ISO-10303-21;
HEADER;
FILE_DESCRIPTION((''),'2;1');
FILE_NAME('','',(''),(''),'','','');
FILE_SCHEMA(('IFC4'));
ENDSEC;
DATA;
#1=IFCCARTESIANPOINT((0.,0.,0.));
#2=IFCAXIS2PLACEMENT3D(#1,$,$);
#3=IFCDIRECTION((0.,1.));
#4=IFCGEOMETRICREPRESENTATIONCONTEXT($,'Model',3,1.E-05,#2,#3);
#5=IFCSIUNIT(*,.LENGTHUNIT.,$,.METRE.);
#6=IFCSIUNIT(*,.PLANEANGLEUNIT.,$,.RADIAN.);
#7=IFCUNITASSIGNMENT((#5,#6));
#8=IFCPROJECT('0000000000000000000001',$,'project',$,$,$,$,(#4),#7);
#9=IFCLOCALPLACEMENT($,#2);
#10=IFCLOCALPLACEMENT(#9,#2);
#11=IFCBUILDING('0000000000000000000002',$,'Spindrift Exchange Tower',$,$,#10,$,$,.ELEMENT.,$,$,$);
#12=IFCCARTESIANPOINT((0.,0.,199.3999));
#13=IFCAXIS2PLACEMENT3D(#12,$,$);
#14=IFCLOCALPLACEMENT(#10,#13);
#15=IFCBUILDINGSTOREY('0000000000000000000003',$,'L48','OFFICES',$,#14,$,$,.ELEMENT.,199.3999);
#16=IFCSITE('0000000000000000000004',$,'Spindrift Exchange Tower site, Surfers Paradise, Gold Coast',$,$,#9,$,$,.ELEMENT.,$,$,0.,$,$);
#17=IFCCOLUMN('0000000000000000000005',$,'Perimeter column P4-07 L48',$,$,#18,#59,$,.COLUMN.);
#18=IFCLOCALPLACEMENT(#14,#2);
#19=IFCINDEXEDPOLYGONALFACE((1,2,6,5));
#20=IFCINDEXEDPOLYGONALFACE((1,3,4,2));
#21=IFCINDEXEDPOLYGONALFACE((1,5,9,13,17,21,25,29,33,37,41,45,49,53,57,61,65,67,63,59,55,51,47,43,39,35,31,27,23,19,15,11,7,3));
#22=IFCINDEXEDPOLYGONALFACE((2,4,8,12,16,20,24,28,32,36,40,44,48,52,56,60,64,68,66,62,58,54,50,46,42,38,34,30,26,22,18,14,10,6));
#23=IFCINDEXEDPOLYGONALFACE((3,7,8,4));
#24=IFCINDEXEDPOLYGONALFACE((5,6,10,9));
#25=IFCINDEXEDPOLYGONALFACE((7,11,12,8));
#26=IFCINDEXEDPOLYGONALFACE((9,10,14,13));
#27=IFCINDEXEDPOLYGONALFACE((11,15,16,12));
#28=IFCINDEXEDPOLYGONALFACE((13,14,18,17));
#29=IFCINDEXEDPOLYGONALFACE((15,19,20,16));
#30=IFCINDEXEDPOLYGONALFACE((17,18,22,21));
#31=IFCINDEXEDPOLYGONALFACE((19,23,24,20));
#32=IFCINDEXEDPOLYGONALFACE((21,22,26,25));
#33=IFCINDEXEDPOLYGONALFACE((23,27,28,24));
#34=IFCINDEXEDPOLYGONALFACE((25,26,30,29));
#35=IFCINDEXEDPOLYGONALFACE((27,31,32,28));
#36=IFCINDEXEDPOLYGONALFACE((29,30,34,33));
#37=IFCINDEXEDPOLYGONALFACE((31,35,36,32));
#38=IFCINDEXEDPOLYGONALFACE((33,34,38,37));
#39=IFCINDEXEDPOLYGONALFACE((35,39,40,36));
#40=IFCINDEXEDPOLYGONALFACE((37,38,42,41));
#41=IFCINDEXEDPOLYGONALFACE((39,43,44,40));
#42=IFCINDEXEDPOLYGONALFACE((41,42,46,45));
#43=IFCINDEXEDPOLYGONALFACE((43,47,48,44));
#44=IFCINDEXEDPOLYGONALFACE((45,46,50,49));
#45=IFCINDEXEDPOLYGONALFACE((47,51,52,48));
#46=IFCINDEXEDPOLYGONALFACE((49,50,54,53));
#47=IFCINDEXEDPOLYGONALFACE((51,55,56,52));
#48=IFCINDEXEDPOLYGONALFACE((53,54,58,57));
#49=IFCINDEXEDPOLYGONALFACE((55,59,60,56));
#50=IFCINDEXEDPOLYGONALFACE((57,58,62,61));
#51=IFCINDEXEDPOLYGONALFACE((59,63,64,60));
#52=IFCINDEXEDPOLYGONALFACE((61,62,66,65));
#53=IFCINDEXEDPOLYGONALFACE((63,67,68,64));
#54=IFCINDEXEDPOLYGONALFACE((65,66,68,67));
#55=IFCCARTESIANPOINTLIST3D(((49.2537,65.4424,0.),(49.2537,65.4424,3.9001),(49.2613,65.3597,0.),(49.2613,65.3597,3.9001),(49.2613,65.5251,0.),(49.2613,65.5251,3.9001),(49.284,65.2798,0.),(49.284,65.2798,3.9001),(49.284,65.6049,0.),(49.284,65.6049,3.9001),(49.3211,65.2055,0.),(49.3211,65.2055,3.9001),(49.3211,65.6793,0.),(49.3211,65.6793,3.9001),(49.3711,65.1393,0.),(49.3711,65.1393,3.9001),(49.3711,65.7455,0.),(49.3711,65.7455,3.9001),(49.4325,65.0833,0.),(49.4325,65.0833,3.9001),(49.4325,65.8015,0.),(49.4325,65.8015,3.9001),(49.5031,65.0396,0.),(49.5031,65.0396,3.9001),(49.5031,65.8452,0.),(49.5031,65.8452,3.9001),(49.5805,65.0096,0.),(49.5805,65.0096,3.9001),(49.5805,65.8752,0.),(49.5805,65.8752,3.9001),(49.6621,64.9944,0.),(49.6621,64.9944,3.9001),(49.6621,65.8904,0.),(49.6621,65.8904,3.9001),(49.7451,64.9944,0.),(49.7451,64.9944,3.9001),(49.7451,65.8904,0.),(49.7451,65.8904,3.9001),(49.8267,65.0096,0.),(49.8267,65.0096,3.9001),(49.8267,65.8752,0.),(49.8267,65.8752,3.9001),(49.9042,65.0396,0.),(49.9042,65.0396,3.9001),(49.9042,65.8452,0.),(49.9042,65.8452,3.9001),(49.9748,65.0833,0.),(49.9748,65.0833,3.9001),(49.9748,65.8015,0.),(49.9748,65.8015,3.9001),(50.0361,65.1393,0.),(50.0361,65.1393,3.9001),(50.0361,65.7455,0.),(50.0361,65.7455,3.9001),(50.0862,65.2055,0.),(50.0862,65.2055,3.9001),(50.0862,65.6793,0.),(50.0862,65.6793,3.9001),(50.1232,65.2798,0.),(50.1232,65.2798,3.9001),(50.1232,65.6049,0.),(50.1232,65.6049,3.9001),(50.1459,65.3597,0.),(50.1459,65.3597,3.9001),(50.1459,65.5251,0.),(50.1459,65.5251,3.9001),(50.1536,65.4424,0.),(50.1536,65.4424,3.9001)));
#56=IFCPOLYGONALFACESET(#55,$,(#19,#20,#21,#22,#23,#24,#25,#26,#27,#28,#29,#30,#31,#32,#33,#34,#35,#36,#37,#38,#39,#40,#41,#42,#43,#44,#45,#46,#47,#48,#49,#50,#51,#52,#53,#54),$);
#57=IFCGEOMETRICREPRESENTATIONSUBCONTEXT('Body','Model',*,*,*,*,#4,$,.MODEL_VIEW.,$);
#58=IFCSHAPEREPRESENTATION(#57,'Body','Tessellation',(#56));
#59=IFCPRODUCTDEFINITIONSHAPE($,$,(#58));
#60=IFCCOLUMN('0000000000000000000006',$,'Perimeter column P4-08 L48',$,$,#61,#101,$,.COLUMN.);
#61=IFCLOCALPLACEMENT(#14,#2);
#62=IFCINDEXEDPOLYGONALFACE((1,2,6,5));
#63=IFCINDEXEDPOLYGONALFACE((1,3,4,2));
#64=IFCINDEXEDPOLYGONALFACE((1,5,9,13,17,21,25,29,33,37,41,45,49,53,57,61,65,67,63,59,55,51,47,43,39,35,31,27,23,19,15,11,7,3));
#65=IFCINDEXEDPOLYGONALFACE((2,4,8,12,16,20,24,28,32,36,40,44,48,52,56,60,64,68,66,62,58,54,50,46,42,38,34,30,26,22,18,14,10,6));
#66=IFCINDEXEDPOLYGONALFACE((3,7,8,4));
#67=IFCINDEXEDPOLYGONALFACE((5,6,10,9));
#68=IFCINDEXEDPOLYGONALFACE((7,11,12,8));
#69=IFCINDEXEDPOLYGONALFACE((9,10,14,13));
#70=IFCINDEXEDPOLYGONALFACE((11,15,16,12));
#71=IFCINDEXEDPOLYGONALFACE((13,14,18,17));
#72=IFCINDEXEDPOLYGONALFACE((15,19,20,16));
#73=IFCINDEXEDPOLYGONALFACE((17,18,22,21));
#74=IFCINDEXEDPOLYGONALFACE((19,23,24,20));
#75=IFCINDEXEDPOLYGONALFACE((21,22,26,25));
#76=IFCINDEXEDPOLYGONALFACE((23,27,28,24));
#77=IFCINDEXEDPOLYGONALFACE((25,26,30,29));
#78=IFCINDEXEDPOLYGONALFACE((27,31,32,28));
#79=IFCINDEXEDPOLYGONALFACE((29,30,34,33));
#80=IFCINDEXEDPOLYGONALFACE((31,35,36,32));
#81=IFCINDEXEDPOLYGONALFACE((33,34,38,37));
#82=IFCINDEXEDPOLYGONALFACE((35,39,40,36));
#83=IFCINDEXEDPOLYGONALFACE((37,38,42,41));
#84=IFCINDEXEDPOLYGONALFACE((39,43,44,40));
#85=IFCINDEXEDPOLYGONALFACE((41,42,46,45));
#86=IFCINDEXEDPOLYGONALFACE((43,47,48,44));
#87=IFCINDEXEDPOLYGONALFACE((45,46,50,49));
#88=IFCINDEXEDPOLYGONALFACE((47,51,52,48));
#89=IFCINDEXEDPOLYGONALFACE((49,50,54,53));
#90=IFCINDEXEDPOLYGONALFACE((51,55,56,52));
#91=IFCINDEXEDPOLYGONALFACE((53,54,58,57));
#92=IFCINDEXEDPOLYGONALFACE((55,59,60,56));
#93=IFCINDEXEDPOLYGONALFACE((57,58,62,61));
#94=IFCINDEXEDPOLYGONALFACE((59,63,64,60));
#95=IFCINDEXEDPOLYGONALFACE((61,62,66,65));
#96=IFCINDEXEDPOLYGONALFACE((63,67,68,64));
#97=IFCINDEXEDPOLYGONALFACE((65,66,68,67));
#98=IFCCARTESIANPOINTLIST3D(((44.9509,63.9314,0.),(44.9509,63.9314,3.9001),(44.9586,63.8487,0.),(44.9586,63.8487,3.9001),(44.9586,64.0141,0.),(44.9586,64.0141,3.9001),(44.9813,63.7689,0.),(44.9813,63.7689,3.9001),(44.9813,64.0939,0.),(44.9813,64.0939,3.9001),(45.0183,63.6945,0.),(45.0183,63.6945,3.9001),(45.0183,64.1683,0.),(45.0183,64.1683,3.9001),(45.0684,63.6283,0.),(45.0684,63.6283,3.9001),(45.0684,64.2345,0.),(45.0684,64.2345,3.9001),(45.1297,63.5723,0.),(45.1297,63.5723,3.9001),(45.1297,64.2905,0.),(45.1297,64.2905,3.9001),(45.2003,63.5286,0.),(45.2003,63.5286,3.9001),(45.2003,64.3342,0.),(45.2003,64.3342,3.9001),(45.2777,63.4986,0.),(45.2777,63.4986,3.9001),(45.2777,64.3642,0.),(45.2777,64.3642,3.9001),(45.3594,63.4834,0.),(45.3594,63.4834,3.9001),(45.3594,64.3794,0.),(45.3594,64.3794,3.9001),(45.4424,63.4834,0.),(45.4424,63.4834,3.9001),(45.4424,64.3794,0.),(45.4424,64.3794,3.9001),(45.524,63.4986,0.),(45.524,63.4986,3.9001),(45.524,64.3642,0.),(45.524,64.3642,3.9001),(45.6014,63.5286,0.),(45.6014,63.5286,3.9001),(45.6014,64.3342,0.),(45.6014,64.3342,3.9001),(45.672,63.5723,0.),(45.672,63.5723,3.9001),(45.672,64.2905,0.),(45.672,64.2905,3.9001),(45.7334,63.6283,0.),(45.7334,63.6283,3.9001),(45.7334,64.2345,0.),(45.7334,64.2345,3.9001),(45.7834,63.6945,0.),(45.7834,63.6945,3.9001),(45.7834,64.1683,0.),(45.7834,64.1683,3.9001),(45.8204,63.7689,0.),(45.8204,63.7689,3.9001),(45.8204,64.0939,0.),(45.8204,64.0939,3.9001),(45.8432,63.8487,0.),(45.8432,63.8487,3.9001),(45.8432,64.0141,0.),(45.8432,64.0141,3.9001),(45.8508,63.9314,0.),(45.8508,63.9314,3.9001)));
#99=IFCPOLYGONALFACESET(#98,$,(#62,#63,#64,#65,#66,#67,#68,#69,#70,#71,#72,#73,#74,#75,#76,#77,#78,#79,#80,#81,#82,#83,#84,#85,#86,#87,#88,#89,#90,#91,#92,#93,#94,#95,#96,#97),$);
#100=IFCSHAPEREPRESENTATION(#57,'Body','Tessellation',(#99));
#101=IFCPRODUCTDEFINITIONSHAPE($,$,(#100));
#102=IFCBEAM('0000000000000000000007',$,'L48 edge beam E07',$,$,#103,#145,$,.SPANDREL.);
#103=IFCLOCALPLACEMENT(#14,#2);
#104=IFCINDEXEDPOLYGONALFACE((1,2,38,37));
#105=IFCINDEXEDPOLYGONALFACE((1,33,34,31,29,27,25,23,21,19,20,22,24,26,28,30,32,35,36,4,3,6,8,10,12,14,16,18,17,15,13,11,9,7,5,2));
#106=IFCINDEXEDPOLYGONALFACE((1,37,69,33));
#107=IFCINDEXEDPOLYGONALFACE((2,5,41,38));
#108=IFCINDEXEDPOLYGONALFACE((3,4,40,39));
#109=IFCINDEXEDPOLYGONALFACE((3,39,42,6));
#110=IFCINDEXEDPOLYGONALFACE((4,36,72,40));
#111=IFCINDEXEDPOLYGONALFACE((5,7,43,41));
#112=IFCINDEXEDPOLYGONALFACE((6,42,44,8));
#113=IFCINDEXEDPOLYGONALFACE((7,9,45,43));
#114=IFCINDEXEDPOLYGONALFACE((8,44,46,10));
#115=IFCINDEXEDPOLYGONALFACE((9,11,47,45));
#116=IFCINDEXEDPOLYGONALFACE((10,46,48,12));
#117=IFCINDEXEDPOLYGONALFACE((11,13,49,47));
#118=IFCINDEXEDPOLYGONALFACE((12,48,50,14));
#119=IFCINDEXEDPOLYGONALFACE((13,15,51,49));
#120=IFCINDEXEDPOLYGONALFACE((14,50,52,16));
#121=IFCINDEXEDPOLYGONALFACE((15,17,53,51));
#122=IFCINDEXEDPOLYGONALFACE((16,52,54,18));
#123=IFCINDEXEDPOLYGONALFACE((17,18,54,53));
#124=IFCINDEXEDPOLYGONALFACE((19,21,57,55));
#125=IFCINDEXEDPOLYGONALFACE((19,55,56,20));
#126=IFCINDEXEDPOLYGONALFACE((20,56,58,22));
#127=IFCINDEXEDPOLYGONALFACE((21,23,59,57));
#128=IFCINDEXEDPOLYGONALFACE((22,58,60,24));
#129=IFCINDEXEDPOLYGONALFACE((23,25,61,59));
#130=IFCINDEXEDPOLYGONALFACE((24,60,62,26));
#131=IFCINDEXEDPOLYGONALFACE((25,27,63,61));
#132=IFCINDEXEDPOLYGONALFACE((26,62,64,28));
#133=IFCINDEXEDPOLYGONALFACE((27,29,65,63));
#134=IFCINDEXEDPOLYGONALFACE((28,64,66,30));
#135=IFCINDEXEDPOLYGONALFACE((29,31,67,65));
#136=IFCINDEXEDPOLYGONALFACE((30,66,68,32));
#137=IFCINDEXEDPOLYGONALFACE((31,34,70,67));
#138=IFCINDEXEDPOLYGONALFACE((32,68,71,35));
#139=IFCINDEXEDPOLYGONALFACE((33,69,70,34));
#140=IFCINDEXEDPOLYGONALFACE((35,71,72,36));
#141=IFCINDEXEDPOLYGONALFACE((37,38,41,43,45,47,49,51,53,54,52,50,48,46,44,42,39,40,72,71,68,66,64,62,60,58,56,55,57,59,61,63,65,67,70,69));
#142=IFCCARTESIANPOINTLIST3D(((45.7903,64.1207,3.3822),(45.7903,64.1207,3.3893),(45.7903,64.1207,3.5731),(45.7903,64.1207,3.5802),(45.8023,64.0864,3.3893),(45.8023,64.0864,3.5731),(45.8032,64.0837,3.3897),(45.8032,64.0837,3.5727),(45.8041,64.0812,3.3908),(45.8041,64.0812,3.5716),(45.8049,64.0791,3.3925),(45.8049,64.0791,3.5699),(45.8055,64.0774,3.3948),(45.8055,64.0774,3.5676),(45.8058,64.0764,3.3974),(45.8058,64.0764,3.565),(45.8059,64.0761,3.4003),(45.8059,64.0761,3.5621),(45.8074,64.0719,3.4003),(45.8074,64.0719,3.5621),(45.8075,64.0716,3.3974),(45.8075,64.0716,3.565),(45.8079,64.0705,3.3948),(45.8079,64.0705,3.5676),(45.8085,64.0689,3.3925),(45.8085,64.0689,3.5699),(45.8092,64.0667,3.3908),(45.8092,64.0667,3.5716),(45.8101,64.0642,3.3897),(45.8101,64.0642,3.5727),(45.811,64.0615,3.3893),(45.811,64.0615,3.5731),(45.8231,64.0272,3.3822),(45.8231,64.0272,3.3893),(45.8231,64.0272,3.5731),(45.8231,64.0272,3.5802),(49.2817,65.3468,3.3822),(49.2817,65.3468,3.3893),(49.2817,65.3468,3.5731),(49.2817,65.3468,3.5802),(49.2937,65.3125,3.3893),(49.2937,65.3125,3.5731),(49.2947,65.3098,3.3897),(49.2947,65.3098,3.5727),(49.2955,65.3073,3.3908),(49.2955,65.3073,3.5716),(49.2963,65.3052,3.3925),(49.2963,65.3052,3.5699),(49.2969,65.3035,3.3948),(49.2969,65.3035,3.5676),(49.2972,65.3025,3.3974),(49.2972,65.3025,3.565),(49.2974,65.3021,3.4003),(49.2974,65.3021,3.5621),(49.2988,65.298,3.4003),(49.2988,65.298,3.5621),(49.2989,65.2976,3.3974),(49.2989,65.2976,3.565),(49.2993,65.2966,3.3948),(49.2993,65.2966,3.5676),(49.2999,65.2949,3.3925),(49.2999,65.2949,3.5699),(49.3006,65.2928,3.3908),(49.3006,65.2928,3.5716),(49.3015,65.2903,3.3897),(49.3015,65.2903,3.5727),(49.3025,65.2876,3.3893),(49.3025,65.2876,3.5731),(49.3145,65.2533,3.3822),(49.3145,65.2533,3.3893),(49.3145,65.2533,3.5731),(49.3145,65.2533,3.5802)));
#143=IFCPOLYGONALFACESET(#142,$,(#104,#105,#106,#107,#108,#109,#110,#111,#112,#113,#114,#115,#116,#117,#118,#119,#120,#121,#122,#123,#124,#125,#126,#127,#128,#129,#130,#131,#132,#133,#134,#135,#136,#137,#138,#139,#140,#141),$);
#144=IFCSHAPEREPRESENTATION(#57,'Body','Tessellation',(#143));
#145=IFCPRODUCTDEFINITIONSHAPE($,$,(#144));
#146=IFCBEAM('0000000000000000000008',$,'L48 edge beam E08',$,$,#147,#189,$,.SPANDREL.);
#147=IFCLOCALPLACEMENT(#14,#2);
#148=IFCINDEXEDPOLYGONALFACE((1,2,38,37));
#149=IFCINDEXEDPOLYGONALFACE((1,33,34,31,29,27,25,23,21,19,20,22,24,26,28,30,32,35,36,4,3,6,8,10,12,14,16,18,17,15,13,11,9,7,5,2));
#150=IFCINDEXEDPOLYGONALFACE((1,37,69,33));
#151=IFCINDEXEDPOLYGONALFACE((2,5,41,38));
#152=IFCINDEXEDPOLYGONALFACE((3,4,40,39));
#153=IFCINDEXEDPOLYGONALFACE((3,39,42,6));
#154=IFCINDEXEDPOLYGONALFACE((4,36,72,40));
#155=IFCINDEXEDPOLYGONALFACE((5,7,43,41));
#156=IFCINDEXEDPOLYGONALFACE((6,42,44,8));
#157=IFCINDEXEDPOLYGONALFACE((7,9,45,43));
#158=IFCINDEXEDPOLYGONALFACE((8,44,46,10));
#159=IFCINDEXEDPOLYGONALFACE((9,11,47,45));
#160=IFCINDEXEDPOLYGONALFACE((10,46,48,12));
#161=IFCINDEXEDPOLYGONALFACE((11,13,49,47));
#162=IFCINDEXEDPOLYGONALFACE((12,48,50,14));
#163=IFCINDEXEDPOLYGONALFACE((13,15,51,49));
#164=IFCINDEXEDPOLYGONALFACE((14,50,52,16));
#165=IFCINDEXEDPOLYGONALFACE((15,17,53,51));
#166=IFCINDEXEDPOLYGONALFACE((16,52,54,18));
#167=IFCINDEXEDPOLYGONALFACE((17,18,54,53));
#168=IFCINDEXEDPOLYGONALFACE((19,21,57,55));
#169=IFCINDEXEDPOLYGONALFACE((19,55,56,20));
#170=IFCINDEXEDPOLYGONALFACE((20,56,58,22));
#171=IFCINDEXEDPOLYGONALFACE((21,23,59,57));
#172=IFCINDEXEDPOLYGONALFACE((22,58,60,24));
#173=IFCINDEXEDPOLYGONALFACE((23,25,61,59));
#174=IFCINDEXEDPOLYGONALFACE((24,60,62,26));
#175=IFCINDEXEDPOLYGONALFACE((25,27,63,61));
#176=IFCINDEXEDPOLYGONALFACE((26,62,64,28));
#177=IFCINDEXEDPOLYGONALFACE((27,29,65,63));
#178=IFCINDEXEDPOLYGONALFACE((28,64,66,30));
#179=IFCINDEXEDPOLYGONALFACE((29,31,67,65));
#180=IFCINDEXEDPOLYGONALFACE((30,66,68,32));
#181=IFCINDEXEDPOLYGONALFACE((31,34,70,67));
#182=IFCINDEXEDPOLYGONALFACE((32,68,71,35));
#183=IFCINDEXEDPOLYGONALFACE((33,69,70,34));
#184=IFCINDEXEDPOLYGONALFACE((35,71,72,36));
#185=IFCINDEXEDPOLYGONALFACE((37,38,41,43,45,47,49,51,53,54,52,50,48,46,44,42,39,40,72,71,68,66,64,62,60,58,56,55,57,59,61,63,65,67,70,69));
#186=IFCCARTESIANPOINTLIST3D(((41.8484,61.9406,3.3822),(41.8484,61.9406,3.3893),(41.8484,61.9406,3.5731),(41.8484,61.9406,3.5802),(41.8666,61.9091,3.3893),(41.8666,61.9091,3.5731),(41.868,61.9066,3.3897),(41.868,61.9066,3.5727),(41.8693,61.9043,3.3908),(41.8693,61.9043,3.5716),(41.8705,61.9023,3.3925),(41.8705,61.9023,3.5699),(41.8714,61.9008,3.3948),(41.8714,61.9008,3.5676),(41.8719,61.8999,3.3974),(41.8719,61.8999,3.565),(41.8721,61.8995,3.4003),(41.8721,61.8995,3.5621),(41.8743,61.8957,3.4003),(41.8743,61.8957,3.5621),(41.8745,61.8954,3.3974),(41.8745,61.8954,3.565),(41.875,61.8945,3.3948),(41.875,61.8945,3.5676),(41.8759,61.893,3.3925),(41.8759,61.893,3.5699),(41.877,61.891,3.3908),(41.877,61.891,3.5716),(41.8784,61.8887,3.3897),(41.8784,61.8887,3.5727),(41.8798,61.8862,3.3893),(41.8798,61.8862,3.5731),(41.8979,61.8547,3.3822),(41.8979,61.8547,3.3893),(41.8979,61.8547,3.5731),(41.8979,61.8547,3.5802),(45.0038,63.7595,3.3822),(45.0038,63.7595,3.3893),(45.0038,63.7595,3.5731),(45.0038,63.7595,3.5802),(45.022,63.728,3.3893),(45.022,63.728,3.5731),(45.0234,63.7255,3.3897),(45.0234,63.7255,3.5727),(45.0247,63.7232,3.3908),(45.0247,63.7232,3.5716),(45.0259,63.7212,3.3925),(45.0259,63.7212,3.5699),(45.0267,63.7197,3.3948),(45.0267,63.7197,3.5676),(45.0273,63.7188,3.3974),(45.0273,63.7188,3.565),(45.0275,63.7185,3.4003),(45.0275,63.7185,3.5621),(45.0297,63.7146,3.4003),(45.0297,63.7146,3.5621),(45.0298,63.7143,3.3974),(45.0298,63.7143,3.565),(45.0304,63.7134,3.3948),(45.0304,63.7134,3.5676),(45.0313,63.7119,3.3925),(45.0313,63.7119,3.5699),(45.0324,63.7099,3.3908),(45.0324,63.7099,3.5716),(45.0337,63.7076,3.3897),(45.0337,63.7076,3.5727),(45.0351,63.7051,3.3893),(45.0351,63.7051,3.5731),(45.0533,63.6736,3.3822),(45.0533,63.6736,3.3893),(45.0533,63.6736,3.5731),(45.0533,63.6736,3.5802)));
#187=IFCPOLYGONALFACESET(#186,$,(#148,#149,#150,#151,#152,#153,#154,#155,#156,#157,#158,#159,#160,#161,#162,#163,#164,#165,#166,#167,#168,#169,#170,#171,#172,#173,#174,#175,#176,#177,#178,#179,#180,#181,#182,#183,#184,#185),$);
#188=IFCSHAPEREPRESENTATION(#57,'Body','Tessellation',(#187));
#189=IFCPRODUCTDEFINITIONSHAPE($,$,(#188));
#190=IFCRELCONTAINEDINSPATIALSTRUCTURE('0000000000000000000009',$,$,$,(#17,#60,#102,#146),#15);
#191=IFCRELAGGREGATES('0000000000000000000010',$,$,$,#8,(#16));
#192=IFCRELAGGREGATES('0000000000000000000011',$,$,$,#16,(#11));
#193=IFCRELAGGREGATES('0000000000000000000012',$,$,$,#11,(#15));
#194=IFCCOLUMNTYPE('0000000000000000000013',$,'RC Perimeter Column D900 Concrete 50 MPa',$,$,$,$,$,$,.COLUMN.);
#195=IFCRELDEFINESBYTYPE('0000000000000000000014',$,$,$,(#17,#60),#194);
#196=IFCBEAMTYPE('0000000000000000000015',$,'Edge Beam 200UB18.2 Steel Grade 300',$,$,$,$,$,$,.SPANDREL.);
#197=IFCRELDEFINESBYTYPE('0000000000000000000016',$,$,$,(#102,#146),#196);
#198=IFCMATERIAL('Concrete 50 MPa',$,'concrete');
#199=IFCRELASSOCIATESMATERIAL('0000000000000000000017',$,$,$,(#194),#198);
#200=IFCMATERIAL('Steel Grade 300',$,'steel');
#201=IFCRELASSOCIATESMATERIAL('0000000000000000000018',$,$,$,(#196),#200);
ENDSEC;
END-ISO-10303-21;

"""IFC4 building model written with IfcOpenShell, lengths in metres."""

from ifc_helpers import new_model, si_unit, direction, frame, origin, origin_2d, place, context, subcontext, project, spatial, circle, i_section, extrude, source, transform, mapped, material, material_profile, profile_set, type_object, element, save


model = new_model("IFC4")

# Units and contexts
model_context = context("Model", 3, precision=1e-05, world=origin(), true_north=direction((0.0, 1.0)))
body_context = subcontext(model_context, "Body", "Model", "MODEL_VIEW")
ifc_project = project(units=[si_unit("LENGTHUNIT", "METRE"), si_unit("PLANEANGLEUNIT", "RADIAN")], contexts=[model_context])

# Site, building, storey
site_placement = place(None, origin())
site = spatial("IfcSite", under=ifc_project, at=site_placement, Name="Spindrift Exchange Tower site, Surfers Paradise, Gold Coast", CompositionType="ELEMENT", RefElevation=0.0)
building_placement = place(site_placement, origin())
building = spatial("IfcBuilding", under=site, at=building_placement, Name="Spindrift Exchange Tower", CompositionType="ELEMENT")
storey_placement = place(building_placement, frame((0.0, 0.0, 199.3999)))
storey = spatial("IfcBuildingStorey", under=building, at=storey_placement, Name="L48", Description="OFFICES", CompositionType="ELEMENT", Elevation=199.3999)

# Columns
ifc_material_1 = material(Name="Concrete 50 MPa", Category="concrete")
ifc_material_profile_1 = material_profile(ifc_material_1, circle(Radius=0.45, at=origin_2d()), Name="RC D900")
ifc_profile_set_1 = profile_set([ifc_material_profile_1], Name="Concrete 50 MPa")
column_type = type_object("IfcColumnType", Name="RC Perimeter Column D900 Concrete 50 MPa", PredefinedType="COLUMN", material=ifc_profile_set_1)
shared_shape_1 = source(origin(), body_context, "Body", "SweptSolid", [
    extrude(circle(Radius=0.45, at=origin_2d()), origin(), (0.0, 0.0, 1.0), 3.9001),
])
for number, where, z_axis, x_axis, name in (
    (1, (49.7036, 65.4424, 0.0), (0.0, 0.0, 1.0), (1.0, 0.0, 0.0), "Perimeter column P4-07 L48"),
    (2, (45.4009, 63.9314, 0.0), (0.0, 0.0, 1.0), (1.0, 0.0, 0.0), "Perimeter column P4-08 L48"),
):
    element("IfcColumn", number, at=place(storey_placement, frame(where, z_axis=z_axis, x_axis=x_axis)), inside=storey, type_object=column_type, Name=name, PredefinedType="COLUMN", context=body_context, shape_type="MappedRepresentation", body=[
        mapped(shared_shape_1, transform((0.0, 0.0, 0.0), scale=1.0)),
    ])

# Beams
ifc_material_2 = material(Name="Steel Grade 300", Category="steel")
ifc_material_profile_2 = material_profile(ifc_material_2, i_section(OverallWidth=0.0991, OverallDepth=0.198, WebThickness=0.0044, FlangeThickness=0.0071, FilletRadius=0.011, at=origin_2d()), Name="200UB18.2")
ifc_profile_set_2 = profile_set([ifc_material_profile_2], Name="Steel Grade 300")
beam_type_1 = type_object("IfcBeamType", Name="Edge Beam 200UB18.2 Steel Grade 300", PredefinedType="SPANDREL", material=ifc_profile_set_2)
shared_shape_2 = source(origin(), body_context, "Body", "SweptSolid", [
    extrude(i_section(OverallWidth=0.0991, OverallDepth=0.198, WebThickness=0.0044, FlangeThickness=0.0071, FilletRadius=0.011, at=origin_2d()), origin(), (0.0, 0.0, 1.0), 3.7004),
])
beam_1_placement = place(storey_placement, frame((49.2981, 65.3, 3.4812), z_axis=(-0.943515, -0.331329, 0.0), x_axis=(0.331329, -0.943515, 0.0)))
element("IfcBeam", 3, at=beam_1_placement, inside=storey, type_object=beam_type_1, Name="L48 edge beam E07", PredefinedType="SPANDREL", context=body_context, shape_type="MappedRepresentation", body=[
    mapped(shared_shape_2, transform((0.0, 0.0, 0.0), scale=1.0)),
])
shared_shape_3 = source(origin(), body_context, "Body", "SweptSolid", [
    extrude(i_section(OverallWidth=0.0991, OverallDepth=0.198, WebThickness=0.0044, FlangeThickness=0.0071, FilletRadius=0.011, at=origin_2d()), origin(), (0.0, 0.0, 1.0), 3.6421),
])
beam_2_placement = place(storey_placement, frame((45.0286, 63.7166, 3.4812), z_axis=(-0.866364, -0.499413, 0.0), x_axis=(0.499413, -0.866364, 0.0)))
element("IfcBeam", 4, at=beam_2_placement, inside=storey, type_object=beam_type_1, Name="L48 edge beam E08", PredefinedType="SPANDREL", context=body_context, shape_type="MappedRepresentation", body=[
    mapped(shared_shape_3, transform((0.0, 0.0, 0.0), scale=1.0)),
])

save(model, "model.ifc")
